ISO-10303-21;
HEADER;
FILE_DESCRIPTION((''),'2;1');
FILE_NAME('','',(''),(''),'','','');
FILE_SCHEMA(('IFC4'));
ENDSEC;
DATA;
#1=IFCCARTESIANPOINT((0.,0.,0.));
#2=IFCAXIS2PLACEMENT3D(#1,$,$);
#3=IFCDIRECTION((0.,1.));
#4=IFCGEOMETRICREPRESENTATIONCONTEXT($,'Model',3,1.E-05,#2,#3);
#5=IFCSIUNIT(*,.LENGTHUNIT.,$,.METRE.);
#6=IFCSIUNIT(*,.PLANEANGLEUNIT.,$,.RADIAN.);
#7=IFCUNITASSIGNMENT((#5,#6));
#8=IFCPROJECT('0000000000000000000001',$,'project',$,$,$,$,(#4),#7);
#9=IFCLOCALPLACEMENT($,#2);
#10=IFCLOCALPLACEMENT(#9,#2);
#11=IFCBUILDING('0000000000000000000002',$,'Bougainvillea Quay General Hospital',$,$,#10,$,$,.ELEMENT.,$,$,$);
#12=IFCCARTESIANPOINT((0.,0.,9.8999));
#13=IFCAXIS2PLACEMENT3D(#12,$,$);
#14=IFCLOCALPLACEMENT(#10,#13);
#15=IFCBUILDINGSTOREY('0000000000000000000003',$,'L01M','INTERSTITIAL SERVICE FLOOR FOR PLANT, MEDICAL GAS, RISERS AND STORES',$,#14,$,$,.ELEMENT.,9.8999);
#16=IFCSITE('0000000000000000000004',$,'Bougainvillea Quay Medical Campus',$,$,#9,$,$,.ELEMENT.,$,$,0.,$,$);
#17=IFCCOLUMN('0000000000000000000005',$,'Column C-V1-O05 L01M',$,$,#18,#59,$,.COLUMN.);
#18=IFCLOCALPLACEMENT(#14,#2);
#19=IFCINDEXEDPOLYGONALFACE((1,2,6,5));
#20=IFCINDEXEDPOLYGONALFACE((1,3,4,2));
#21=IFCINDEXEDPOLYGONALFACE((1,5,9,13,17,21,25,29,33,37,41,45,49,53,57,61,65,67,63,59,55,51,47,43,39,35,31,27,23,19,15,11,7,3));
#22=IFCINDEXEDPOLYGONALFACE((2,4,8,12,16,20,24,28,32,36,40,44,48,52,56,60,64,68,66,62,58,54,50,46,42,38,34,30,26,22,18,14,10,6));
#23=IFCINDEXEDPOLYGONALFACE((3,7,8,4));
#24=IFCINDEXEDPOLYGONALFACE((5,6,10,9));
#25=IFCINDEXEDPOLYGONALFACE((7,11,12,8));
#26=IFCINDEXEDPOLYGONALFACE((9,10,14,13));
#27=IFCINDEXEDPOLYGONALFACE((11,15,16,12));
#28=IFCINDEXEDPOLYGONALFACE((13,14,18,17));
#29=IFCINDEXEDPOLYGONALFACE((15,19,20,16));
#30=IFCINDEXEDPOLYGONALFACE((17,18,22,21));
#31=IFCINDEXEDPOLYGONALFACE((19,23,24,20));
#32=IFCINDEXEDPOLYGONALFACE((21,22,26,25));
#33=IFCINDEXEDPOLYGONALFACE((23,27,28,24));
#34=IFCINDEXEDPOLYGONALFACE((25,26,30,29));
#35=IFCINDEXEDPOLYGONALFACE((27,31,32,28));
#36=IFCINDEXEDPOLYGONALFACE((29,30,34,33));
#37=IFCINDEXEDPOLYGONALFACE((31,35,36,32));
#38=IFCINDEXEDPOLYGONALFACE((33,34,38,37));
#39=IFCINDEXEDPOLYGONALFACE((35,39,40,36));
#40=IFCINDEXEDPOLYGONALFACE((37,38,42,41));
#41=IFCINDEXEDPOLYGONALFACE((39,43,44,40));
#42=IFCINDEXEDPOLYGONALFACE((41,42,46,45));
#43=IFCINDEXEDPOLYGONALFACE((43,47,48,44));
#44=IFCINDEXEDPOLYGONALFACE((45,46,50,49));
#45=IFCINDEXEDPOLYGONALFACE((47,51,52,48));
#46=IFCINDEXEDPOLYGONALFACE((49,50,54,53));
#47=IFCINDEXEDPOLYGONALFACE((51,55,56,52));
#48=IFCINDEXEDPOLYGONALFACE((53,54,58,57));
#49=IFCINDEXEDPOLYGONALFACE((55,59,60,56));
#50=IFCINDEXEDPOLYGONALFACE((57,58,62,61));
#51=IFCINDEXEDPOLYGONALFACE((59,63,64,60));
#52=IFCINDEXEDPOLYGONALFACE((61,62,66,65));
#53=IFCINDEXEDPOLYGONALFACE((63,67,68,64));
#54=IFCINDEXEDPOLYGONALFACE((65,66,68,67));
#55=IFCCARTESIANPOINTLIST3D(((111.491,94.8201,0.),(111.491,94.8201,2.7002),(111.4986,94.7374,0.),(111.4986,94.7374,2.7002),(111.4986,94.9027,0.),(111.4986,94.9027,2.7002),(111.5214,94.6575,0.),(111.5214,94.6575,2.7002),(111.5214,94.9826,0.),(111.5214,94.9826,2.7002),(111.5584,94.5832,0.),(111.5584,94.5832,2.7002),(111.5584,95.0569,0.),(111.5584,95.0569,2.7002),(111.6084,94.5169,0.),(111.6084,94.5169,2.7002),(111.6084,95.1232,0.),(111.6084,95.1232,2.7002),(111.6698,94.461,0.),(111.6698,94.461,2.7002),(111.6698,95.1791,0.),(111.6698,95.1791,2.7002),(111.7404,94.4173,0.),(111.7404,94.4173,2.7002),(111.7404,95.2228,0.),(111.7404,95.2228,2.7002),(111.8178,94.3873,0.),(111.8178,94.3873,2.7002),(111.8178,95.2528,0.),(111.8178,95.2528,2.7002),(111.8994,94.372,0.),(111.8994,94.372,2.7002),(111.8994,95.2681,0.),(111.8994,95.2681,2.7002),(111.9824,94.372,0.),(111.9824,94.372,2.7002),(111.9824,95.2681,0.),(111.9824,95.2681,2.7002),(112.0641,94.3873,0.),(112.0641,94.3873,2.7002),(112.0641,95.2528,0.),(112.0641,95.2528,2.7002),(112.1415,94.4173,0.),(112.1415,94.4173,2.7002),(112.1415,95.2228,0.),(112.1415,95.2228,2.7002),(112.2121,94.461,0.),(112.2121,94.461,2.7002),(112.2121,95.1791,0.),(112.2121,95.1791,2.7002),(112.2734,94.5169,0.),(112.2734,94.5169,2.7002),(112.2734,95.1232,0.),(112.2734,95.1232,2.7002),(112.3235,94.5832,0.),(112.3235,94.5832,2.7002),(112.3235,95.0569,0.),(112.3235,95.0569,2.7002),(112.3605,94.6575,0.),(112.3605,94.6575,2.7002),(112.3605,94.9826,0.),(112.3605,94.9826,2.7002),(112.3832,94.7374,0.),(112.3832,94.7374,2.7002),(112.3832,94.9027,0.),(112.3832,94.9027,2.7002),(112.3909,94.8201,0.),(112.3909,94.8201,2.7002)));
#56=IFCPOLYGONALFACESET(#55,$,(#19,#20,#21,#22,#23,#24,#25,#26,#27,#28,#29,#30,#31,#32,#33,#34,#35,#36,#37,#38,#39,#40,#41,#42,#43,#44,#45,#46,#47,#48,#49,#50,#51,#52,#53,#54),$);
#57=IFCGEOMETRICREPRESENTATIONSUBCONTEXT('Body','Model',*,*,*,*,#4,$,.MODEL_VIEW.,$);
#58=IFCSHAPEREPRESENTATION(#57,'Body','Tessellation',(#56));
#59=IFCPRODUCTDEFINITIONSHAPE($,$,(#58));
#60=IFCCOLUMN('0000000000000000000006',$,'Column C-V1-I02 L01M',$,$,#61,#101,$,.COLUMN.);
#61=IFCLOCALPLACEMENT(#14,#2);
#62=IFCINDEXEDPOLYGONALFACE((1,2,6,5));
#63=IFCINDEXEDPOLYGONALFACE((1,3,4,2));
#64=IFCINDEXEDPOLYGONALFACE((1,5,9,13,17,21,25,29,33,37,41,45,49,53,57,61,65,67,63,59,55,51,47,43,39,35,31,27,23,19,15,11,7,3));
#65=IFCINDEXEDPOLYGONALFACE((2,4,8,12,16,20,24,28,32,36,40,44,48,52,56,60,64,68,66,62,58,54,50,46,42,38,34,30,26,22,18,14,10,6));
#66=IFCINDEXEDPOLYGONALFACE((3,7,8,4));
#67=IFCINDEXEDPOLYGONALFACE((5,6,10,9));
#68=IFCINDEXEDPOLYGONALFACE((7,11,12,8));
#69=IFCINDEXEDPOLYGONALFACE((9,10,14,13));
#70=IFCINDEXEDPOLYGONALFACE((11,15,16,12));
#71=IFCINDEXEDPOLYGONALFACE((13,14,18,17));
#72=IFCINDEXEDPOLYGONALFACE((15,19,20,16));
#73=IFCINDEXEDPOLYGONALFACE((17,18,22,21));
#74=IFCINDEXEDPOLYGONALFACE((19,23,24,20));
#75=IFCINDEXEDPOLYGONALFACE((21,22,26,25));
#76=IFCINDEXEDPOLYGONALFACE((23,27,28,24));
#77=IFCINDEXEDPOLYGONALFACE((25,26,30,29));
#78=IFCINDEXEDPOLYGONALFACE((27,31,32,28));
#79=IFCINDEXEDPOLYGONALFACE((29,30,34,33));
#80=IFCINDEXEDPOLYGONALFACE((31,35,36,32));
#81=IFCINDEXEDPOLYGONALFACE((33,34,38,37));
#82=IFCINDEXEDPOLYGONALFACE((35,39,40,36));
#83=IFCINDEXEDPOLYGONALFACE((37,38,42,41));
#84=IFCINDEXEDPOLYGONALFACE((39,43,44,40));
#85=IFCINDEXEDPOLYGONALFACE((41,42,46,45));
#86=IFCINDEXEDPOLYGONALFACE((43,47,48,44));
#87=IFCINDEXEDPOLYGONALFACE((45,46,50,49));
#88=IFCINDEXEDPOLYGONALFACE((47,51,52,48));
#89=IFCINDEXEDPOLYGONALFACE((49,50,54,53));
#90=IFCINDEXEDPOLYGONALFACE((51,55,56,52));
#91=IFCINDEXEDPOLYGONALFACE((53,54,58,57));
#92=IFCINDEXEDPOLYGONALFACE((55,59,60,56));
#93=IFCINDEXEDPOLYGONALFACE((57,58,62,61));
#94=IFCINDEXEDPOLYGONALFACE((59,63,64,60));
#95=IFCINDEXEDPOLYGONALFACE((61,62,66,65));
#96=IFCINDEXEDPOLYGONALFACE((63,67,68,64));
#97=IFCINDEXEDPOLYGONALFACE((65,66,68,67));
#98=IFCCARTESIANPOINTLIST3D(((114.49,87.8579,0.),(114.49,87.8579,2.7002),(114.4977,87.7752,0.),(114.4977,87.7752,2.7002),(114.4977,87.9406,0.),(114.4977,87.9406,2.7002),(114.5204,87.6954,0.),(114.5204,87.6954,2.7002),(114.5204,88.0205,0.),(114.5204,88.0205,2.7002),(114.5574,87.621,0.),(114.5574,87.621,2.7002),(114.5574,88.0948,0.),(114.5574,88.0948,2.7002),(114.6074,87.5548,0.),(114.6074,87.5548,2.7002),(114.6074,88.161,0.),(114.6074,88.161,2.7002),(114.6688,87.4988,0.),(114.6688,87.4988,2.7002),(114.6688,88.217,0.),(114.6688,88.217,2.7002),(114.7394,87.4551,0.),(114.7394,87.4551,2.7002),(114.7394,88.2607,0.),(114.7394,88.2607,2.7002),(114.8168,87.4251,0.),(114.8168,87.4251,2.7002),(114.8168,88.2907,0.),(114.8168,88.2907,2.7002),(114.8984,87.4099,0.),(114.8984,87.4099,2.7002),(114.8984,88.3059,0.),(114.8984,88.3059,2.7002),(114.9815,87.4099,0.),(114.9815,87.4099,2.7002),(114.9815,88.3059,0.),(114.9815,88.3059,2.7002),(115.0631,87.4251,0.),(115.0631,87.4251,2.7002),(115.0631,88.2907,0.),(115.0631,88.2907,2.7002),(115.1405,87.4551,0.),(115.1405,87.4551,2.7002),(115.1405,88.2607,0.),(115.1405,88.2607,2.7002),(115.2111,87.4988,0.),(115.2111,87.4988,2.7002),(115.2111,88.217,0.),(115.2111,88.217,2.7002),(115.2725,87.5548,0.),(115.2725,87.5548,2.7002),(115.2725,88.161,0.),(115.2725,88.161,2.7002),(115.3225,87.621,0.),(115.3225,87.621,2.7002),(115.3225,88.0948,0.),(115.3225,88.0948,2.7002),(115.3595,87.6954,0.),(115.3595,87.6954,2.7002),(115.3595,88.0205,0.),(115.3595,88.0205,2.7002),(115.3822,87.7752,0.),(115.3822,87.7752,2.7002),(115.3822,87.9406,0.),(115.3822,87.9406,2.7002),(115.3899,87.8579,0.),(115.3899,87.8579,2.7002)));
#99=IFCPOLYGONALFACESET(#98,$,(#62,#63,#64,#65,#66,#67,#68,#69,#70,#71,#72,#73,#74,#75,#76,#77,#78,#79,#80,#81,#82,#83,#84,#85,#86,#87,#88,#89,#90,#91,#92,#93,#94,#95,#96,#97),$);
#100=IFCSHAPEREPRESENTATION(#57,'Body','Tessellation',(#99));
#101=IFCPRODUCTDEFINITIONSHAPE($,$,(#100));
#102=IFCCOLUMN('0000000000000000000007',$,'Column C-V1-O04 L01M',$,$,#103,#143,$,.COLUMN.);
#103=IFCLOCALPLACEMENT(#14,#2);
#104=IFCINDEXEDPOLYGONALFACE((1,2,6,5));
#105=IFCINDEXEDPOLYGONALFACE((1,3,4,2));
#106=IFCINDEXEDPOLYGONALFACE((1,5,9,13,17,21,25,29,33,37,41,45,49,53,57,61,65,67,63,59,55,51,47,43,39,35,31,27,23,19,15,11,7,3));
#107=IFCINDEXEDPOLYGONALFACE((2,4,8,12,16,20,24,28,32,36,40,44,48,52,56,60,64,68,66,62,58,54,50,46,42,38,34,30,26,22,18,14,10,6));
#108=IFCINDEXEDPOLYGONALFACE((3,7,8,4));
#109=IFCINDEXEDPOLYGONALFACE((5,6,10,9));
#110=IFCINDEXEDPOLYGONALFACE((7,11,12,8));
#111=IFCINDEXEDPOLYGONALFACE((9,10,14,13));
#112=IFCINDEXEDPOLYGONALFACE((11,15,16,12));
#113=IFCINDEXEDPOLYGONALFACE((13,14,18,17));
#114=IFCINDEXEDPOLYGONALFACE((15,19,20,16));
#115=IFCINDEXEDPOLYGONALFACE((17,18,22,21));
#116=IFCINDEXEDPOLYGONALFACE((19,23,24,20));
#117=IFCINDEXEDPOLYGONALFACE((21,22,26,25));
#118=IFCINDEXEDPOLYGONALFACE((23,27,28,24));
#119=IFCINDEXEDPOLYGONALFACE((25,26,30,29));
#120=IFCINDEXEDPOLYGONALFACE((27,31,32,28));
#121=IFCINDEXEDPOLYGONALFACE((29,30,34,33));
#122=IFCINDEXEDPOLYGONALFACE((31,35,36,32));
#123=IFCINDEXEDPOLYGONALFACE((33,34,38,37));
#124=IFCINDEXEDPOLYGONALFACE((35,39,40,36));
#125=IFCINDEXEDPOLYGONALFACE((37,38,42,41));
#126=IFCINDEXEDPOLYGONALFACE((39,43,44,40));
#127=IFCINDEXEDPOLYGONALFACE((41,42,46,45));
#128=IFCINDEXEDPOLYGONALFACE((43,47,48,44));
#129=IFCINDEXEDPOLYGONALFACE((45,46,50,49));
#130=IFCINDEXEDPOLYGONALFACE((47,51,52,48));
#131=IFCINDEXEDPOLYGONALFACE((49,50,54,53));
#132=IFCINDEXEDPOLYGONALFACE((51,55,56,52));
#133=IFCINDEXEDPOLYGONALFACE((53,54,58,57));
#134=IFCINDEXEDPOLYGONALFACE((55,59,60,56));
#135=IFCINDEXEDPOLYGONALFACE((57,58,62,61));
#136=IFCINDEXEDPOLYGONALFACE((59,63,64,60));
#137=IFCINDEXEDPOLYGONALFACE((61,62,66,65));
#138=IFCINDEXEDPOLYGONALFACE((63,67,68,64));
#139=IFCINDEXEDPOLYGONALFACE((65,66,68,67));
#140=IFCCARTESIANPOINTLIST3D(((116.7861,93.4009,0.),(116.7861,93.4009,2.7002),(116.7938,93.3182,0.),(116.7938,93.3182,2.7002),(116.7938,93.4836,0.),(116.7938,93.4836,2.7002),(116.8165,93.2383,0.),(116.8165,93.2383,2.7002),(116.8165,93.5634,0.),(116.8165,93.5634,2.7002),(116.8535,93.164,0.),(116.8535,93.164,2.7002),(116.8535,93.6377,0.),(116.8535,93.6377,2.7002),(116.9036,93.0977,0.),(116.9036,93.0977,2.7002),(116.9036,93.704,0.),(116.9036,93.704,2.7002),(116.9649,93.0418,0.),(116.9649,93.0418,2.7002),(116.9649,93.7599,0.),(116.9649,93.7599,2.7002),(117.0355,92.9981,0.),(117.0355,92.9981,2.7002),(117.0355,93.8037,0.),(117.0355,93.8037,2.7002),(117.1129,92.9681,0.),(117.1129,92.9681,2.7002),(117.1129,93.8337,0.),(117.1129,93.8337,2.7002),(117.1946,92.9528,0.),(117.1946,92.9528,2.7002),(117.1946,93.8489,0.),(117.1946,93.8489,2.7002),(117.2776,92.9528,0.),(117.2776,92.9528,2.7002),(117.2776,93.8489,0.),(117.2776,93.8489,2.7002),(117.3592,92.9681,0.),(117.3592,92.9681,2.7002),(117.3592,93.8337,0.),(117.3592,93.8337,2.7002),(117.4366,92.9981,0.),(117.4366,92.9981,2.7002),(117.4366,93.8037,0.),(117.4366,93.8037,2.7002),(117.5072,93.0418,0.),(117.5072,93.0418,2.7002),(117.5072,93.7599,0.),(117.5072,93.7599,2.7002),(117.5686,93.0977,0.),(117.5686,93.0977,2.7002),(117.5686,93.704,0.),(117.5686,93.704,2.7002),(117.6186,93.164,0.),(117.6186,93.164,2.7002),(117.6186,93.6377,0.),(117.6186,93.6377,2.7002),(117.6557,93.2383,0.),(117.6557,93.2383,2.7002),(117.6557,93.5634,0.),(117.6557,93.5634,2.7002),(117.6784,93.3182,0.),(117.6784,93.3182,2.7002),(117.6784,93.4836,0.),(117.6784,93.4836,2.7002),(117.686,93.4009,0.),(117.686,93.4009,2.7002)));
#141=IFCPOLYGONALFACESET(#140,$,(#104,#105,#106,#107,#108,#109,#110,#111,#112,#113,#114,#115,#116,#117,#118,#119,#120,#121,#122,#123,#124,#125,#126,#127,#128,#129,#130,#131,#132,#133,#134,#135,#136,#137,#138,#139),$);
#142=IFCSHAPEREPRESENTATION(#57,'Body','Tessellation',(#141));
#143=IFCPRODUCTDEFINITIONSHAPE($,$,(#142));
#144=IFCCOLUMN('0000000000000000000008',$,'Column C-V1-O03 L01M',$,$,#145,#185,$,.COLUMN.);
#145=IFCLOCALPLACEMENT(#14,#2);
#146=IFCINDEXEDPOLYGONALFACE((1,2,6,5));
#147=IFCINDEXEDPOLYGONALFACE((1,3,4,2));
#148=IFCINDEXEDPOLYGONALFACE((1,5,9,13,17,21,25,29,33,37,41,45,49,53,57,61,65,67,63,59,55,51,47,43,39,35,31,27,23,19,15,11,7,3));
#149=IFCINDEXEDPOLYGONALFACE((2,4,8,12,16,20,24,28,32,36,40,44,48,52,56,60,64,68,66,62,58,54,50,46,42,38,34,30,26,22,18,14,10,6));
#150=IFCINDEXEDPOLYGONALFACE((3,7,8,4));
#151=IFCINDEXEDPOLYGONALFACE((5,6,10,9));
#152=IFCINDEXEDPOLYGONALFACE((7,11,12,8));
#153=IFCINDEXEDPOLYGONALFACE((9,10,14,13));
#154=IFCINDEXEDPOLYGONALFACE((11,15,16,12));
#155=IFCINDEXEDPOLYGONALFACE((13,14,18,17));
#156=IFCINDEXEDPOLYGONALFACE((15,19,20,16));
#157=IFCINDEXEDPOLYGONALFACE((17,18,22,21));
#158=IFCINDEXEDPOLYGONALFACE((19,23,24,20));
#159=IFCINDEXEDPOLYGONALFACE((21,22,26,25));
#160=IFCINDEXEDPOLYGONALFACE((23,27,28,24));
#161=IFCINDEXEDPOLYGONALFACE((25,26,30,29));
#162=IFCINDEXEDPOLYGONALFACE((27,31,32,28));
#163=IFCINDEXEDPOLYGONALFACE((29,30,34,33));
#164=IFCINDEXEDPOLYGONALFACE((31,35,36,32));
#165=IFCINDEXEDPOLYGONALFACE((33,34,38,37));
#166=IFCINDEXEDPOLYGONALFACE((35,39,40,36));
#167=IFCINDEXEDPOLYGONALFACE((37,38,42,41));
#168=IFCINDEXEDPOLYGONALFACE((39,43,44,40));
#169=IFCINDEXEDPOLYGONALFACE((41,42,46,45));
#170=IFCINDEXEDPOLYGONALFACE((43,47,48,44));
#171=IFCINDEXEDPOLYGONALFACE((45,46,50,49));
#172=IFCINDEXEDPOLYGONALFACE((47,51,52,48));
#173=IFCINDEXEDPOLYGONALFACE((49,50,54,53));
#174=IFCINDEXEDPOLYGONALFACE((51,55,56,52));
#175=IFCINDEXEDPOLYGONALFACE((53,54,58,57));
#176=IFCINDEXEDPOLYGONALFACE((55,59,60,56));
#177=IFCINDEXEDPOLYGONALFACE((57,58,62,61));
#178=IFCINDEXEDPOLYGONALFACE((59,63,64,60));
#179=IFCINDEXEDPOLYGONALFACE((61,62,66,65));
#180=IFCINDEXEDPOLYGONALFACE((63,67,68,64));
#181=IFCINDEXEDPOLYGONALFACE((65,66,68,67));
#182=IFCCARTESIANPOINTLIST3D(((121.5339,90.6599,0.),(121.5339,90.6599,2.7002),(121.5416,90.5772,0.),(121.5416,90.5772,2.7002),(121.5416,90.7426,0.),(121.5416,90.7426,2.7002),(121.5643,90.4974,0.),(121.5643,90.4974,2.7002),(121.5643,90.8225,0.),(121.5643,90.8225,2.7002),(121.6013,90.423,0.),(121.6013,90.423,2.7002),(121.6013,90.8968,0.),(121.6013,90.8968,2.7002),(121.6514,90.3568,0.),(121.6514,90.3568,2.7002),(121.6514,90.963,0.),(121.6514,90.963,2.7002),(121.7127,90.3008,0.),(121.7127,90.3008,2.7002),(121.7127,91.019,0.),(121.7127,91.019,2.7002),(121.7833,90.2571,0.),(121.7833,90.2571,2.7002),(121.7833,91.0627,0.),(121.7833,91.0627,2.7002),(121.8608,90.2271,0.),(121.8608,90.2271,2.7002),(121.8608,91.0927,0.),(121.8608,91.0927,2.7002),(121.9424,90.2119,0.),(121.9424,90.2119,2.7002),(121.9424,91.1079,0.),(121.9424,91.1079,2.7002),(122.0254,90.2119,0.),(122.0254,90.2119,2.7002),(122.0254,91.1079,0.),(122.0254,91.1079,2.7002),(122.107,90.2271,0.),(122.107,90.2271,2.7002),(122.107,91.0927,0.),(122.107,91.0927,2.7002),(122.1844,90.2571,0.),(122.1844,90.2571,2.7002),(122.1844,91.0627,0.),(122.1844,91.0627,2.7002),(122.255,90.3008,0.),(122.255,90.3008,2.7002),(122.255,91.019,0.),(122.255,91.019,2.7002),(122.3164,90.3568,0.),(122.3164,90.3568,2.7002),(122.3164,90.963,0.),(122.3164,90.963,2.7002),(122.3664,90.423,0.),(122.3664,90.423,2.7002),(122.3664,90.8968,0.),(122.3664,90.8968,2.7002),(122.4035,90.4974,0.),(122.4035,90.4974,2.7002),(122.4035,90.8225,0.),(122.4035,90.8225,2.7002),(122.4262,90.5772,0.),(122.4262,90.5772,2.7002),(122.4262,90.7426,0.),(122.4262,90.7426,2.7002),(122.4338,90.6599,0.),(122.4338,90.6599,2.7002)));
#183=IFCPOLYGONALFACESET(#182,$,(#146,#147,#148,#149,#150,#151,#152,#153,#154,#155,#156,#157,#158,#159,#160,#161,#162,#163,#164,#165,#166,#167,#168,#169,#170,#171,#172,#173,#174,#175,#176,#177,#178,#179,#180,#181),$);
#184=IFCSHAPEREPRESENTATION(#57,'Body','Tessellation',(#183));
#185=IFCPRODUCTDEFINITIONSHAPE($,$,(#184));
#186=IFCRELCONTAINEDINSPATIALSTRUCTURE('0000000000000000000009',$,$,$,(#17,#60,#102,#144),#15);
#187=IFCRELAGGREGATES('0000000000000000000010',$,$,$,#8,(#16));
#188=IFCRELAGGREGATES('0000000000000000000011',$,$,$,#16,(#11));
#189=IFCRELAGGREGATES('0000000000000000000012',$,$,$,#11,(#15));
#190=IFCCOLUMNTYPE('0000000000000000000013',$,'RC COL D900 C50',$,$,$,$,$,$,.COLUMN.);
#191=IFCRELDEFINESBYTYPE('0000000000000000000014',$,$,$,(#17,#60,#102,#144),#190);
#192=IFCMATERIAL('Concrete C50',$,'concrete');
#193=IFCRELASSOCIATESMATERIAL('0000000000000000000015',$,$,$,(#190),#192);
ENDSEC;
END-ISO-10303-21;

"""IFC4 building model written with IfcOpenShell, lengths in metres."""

from ifc_helpers import new_model, si_unit, direction, frame, origin, origin_2d, place, context, subcontext, project, spatial, circle, extrude, material, material_profile, profile_set, type_object, element, save


model = new_model("IFC4")

# Units and contexts
model_context = context("Model", 3, precision=1e-05, world=origin(), true_north=direction((0.0, 1.0)))
body_context = subcontext(model_context, "Body", "Model", "MODEL_VIEW")
ifc_project = project(units=[si_unit("LENGTHUNIT", "METRE"), si_unit("PLANEANGLEUNIT", "RADIAN")], contexts=[model_context])

# Site, building, storey
site_placement = place(None, origin())
site = spatial("IfcSite", under=ifc_project, at=site_placement, Name="Bougainvillea Quay Medical Campus", CompositionType="ELEMENT", RefElevation=0.0)
building_placement = place(site_placement, origin())
building = spatial("IfcBuilding", under=site, at=building_placement, Name="Bougainvillea Quay General Hospital", CompositionType="ELEMENT")
storey_placement = place(building_placement, frame((0.0, 0.0, 9.8999)))
storey = spatial("IfcBuildingStorey", under=building, at=storey_placement, Name="L01M", Description="INTERSTITIAL SERVICE FLOOR FOR PLANT, MEDICAL GAS, RISERS AND STORES", CompositionType="ELEMENT", Elevation=9.8999)

# Columns
ifc_material_1 = material(Name="Concrete C50", Category="concrete")
ifc_material_profile = material_profile(ifc_material_1, circle(Radius=0.45, at=origin_2d()))
ifc_profile_set = profile_set([ifc_material_profile], Name="Concrete C50")
column_type = type_object("IfcColumnType", Name="RC COL D900 C50", PredefinedType="COLUMN", material=ifc_profile_set)
for number, where, z_axis, x_axis, name in (
    (1, (111.9409, 94.8201, 0.0), (0.0, 0.0, 1.0), (1.0, 0.0, 0.0), "Column C-V1-O05 L01M"),
    (2, (114.9399, 87.8579, 0.0), (0.0, 0.0, 1.0), (1.0, 0.0, 0.0), "Column C-V1-I02 L01M"),
    (3, (117.2361, 93.4009, 0.0), (0.0, 0.0, 1.0), (1.0, 0.0, 0.0), "Column C-V1-O04 L01M"),
    (4, (121.9839, 90.6599, 0.0), (0.0, 0.0, 1.0), (1.0, 0.0, 0.0), "Column C-V1-O03 L01M"),
):
    element("IfcColumn", number, at=place(storey_placement, frame(where, z_axis=z_axis, x_axis=x_axis)), inside=storey, type_object=column_type, Name=name, PredefinedType="COLUMN", context=body_context, shape_type="SweptSolid", body=[
        extrude(circle(Radius=0.45, at=origin_2d()), origin(), (0.0, 0.0, 1.0), 2.7002),
    ])

save(model, "model.ifc")
